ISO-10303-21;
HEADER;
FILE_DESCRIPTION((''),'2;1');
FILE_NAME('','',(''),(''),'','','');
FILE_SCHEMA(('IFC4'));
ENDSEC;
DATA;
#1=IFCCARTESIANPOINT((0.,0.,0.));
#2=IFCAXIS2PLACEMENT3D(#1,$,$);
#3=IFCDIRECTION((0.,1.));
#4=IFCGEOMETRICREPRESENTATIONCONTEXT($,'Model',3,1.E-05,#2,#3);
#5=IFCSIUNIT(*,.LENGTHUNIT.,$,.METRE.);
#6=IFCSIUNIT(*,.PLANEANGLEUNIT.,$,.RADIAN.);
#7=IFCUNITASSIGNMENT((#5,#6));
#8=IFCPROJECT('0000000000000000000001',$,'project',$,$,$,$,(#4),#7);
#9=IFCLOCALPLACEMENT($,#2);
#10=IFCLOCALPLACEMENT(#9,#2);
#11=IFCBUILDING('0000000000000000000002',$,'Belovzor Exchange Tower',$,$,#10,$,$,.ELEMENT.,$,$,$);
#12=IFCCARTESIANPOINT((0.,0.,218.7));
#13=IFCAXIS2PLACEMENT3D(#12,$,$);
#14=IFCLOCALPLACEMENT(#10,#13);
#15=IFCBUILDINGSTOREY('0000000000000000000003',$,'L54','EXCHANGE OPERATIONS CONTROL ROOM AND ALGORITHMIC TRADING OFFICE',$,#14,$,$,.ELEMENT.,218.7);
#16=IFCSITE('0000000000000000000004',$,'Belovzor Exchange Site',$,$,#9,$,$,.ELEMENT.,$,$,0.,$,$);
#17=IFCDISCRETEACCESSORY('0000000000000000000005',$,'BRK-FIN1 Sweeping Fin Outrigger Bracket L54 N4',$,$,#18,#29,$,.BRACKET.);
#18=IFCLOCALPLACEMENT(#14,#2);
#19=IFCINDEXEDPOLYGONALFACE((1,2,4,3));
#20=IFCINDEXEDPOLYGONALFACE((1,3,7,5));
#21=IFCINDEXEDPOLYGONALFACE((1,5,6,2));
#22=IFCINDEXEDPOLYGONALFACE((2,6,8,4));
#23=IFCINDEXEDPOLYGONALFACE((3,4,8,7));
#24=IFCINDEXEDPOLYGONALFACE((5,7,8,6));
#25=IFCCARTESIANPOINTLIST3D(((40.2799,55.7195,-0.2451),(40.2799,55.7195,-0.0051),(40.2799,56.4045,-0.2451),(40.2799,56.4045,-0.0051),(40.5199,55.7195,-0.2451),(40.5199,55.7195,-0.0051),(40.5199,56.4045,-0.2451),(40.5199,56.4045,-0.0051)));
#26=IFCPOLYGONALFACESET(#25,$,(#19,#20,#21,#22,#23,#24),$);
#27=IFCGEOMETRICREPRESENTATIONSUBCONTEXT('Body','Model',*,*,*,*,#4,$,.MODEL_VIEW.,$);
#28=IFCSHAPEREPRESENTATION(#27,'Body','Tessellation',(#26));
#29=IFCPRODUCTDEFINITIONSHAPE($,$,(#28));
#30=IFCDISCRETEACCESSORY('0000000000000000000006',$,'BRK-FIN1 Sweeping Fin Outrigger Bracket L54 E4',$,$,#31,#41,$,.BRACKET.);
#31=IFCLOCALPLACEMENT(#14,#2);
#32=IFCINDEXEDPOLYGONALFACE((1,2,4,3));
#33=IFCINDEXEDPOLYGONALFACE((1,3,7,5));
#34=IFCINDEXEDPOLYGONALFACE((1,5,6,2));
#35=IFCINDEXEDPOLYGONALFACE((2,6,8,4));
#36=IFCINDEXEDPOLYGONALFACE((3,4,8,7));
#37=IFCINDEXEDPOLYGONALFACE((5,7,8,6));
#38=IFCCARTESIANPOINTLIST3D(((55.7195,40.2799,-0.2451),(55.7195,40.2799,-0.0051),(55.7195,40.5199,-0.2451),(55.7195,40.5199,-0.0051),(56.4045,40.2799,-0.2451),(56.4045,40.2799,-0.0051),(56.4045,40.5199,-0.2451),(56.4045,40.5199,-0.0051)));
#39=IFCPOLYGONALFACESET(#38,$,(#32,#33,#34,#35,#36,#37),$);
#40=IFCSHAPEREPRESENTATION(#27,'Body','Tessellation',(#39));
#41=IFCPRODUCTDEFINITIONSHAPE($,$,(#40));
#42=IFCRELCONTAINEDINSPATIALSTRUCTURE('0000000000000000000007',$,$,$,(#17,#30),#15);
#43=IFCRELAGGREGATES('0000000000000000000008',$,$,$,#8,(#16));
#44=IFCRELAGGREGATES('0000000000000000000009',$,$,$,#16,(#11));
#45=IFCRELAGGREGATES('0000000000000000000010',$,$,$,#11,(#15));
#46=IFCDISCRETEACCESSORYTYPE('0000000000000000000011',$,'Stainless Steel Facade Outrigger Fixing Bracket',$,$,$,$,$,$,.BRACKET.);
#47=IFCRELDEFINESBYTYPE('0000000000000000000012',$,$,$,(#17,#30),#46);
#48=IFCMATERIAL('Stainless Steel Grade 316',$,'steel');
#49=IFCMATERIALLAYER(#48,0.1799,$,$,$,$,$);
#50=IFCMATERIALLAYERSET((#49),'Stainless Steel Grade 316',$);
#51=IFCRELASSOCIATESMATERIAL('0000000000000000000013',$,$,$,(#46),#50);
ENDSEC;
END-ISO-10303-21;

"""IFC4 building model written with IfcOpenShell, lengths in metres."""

from ifc_helpers import new_model, si_unit, direction, frame, origin, origin_2d, place, context, subcontext, project, spatial, rectangle, extrude, material, layer, layer_set, type_object, element, save


model = new_model("IFC4")

# Units and contexts
model_context = context("Model", 3, precision=1e-05, world=origin(), true_north=direction((0.0, 1.0)))
body_context = subcontext(model_context, "Body", "Model", "MODEL_VIEW")
ifc_project = project(units=[si_unit("LENGTHUNIT", "METRE"), si_unit("PLANEANGLEUNIT", "RADIAN")], contexts=[model_context])

# Site, building, storey
site_placement = place(None, origin())
site = spatial("IfcSite", under=ifc_project, at=site_placement, Name="Belovzor Exchange Site", CompositionType="ELEMENT", RefElevation=0.0)
building_placement = place(site_placement, origin())
building = spatial("IfcBuilding", under=site, at=building_placement, Name="Belovzor Exchange Tower", CompositionType="ELEMENT")
storey_placement = place(building_placement, frame((0.0, 0.0, 218.7)))
storey = spatial("IfcBuildingStorey", under=building, at=storey_placement, Name="L54", Description="EXCHANGE OPERATIONS CONTROL ROOM AND ALGORITHMIC TRADING OFFICE", CompositionType="ELEMENT", Elevation=218.7)

# Discrete accessories
ifc_material_1 = material(Name="Stainless Steel Grade 316", Category="steel")
ifc_layer_1 = layer(ifc_material_1, 0.1799)
ifc_layer_set_1 = layer_set([ifc_layer_1], Name="Stainless Steel Grade 316")
discrete_accessory_type = type_object("IfcDiscreteAccessoryType", Name="Stainless Steel Facade Outrigger Fixing Bracket", PredefinedType="BRACKET", material=ifc_layer_set_1)
for number, where, z_axis, x_axis, name in (
    (1, (40.3999, 56.062, -0.2451), (0.0, 0.0, 1.0), (0.0, 1.0, 0.0), "BRK-FIN1 Sweeping Fin Outrigger Bracket L54 N4"),
    (2, (56.062, 40.3999, -0.2451), (0.0, 0.0, 1.0), (1.0, 0.0, 0.0), "BRK-FIN1 Sweeping Fin Outrigger Bracket L54 E4"),
):
    element("IfcDiscreteAccessory", number, at=place(storey_placement, frame(where, z_axis=z_axis, x_axis=x_axis)), inside=storey, type_object=discrete_accessory_type, Name=name, PredefinedType="BRACKET", context=body_context, shape_type="SweptSolid", body=[
        extrude(rectangle(XDim=0.6851, YDim=0.24, at=origin_2d()), origin(), (0.0, 0.0, 1.0), 0.24),
    ])

save(model, "model.ifc")
